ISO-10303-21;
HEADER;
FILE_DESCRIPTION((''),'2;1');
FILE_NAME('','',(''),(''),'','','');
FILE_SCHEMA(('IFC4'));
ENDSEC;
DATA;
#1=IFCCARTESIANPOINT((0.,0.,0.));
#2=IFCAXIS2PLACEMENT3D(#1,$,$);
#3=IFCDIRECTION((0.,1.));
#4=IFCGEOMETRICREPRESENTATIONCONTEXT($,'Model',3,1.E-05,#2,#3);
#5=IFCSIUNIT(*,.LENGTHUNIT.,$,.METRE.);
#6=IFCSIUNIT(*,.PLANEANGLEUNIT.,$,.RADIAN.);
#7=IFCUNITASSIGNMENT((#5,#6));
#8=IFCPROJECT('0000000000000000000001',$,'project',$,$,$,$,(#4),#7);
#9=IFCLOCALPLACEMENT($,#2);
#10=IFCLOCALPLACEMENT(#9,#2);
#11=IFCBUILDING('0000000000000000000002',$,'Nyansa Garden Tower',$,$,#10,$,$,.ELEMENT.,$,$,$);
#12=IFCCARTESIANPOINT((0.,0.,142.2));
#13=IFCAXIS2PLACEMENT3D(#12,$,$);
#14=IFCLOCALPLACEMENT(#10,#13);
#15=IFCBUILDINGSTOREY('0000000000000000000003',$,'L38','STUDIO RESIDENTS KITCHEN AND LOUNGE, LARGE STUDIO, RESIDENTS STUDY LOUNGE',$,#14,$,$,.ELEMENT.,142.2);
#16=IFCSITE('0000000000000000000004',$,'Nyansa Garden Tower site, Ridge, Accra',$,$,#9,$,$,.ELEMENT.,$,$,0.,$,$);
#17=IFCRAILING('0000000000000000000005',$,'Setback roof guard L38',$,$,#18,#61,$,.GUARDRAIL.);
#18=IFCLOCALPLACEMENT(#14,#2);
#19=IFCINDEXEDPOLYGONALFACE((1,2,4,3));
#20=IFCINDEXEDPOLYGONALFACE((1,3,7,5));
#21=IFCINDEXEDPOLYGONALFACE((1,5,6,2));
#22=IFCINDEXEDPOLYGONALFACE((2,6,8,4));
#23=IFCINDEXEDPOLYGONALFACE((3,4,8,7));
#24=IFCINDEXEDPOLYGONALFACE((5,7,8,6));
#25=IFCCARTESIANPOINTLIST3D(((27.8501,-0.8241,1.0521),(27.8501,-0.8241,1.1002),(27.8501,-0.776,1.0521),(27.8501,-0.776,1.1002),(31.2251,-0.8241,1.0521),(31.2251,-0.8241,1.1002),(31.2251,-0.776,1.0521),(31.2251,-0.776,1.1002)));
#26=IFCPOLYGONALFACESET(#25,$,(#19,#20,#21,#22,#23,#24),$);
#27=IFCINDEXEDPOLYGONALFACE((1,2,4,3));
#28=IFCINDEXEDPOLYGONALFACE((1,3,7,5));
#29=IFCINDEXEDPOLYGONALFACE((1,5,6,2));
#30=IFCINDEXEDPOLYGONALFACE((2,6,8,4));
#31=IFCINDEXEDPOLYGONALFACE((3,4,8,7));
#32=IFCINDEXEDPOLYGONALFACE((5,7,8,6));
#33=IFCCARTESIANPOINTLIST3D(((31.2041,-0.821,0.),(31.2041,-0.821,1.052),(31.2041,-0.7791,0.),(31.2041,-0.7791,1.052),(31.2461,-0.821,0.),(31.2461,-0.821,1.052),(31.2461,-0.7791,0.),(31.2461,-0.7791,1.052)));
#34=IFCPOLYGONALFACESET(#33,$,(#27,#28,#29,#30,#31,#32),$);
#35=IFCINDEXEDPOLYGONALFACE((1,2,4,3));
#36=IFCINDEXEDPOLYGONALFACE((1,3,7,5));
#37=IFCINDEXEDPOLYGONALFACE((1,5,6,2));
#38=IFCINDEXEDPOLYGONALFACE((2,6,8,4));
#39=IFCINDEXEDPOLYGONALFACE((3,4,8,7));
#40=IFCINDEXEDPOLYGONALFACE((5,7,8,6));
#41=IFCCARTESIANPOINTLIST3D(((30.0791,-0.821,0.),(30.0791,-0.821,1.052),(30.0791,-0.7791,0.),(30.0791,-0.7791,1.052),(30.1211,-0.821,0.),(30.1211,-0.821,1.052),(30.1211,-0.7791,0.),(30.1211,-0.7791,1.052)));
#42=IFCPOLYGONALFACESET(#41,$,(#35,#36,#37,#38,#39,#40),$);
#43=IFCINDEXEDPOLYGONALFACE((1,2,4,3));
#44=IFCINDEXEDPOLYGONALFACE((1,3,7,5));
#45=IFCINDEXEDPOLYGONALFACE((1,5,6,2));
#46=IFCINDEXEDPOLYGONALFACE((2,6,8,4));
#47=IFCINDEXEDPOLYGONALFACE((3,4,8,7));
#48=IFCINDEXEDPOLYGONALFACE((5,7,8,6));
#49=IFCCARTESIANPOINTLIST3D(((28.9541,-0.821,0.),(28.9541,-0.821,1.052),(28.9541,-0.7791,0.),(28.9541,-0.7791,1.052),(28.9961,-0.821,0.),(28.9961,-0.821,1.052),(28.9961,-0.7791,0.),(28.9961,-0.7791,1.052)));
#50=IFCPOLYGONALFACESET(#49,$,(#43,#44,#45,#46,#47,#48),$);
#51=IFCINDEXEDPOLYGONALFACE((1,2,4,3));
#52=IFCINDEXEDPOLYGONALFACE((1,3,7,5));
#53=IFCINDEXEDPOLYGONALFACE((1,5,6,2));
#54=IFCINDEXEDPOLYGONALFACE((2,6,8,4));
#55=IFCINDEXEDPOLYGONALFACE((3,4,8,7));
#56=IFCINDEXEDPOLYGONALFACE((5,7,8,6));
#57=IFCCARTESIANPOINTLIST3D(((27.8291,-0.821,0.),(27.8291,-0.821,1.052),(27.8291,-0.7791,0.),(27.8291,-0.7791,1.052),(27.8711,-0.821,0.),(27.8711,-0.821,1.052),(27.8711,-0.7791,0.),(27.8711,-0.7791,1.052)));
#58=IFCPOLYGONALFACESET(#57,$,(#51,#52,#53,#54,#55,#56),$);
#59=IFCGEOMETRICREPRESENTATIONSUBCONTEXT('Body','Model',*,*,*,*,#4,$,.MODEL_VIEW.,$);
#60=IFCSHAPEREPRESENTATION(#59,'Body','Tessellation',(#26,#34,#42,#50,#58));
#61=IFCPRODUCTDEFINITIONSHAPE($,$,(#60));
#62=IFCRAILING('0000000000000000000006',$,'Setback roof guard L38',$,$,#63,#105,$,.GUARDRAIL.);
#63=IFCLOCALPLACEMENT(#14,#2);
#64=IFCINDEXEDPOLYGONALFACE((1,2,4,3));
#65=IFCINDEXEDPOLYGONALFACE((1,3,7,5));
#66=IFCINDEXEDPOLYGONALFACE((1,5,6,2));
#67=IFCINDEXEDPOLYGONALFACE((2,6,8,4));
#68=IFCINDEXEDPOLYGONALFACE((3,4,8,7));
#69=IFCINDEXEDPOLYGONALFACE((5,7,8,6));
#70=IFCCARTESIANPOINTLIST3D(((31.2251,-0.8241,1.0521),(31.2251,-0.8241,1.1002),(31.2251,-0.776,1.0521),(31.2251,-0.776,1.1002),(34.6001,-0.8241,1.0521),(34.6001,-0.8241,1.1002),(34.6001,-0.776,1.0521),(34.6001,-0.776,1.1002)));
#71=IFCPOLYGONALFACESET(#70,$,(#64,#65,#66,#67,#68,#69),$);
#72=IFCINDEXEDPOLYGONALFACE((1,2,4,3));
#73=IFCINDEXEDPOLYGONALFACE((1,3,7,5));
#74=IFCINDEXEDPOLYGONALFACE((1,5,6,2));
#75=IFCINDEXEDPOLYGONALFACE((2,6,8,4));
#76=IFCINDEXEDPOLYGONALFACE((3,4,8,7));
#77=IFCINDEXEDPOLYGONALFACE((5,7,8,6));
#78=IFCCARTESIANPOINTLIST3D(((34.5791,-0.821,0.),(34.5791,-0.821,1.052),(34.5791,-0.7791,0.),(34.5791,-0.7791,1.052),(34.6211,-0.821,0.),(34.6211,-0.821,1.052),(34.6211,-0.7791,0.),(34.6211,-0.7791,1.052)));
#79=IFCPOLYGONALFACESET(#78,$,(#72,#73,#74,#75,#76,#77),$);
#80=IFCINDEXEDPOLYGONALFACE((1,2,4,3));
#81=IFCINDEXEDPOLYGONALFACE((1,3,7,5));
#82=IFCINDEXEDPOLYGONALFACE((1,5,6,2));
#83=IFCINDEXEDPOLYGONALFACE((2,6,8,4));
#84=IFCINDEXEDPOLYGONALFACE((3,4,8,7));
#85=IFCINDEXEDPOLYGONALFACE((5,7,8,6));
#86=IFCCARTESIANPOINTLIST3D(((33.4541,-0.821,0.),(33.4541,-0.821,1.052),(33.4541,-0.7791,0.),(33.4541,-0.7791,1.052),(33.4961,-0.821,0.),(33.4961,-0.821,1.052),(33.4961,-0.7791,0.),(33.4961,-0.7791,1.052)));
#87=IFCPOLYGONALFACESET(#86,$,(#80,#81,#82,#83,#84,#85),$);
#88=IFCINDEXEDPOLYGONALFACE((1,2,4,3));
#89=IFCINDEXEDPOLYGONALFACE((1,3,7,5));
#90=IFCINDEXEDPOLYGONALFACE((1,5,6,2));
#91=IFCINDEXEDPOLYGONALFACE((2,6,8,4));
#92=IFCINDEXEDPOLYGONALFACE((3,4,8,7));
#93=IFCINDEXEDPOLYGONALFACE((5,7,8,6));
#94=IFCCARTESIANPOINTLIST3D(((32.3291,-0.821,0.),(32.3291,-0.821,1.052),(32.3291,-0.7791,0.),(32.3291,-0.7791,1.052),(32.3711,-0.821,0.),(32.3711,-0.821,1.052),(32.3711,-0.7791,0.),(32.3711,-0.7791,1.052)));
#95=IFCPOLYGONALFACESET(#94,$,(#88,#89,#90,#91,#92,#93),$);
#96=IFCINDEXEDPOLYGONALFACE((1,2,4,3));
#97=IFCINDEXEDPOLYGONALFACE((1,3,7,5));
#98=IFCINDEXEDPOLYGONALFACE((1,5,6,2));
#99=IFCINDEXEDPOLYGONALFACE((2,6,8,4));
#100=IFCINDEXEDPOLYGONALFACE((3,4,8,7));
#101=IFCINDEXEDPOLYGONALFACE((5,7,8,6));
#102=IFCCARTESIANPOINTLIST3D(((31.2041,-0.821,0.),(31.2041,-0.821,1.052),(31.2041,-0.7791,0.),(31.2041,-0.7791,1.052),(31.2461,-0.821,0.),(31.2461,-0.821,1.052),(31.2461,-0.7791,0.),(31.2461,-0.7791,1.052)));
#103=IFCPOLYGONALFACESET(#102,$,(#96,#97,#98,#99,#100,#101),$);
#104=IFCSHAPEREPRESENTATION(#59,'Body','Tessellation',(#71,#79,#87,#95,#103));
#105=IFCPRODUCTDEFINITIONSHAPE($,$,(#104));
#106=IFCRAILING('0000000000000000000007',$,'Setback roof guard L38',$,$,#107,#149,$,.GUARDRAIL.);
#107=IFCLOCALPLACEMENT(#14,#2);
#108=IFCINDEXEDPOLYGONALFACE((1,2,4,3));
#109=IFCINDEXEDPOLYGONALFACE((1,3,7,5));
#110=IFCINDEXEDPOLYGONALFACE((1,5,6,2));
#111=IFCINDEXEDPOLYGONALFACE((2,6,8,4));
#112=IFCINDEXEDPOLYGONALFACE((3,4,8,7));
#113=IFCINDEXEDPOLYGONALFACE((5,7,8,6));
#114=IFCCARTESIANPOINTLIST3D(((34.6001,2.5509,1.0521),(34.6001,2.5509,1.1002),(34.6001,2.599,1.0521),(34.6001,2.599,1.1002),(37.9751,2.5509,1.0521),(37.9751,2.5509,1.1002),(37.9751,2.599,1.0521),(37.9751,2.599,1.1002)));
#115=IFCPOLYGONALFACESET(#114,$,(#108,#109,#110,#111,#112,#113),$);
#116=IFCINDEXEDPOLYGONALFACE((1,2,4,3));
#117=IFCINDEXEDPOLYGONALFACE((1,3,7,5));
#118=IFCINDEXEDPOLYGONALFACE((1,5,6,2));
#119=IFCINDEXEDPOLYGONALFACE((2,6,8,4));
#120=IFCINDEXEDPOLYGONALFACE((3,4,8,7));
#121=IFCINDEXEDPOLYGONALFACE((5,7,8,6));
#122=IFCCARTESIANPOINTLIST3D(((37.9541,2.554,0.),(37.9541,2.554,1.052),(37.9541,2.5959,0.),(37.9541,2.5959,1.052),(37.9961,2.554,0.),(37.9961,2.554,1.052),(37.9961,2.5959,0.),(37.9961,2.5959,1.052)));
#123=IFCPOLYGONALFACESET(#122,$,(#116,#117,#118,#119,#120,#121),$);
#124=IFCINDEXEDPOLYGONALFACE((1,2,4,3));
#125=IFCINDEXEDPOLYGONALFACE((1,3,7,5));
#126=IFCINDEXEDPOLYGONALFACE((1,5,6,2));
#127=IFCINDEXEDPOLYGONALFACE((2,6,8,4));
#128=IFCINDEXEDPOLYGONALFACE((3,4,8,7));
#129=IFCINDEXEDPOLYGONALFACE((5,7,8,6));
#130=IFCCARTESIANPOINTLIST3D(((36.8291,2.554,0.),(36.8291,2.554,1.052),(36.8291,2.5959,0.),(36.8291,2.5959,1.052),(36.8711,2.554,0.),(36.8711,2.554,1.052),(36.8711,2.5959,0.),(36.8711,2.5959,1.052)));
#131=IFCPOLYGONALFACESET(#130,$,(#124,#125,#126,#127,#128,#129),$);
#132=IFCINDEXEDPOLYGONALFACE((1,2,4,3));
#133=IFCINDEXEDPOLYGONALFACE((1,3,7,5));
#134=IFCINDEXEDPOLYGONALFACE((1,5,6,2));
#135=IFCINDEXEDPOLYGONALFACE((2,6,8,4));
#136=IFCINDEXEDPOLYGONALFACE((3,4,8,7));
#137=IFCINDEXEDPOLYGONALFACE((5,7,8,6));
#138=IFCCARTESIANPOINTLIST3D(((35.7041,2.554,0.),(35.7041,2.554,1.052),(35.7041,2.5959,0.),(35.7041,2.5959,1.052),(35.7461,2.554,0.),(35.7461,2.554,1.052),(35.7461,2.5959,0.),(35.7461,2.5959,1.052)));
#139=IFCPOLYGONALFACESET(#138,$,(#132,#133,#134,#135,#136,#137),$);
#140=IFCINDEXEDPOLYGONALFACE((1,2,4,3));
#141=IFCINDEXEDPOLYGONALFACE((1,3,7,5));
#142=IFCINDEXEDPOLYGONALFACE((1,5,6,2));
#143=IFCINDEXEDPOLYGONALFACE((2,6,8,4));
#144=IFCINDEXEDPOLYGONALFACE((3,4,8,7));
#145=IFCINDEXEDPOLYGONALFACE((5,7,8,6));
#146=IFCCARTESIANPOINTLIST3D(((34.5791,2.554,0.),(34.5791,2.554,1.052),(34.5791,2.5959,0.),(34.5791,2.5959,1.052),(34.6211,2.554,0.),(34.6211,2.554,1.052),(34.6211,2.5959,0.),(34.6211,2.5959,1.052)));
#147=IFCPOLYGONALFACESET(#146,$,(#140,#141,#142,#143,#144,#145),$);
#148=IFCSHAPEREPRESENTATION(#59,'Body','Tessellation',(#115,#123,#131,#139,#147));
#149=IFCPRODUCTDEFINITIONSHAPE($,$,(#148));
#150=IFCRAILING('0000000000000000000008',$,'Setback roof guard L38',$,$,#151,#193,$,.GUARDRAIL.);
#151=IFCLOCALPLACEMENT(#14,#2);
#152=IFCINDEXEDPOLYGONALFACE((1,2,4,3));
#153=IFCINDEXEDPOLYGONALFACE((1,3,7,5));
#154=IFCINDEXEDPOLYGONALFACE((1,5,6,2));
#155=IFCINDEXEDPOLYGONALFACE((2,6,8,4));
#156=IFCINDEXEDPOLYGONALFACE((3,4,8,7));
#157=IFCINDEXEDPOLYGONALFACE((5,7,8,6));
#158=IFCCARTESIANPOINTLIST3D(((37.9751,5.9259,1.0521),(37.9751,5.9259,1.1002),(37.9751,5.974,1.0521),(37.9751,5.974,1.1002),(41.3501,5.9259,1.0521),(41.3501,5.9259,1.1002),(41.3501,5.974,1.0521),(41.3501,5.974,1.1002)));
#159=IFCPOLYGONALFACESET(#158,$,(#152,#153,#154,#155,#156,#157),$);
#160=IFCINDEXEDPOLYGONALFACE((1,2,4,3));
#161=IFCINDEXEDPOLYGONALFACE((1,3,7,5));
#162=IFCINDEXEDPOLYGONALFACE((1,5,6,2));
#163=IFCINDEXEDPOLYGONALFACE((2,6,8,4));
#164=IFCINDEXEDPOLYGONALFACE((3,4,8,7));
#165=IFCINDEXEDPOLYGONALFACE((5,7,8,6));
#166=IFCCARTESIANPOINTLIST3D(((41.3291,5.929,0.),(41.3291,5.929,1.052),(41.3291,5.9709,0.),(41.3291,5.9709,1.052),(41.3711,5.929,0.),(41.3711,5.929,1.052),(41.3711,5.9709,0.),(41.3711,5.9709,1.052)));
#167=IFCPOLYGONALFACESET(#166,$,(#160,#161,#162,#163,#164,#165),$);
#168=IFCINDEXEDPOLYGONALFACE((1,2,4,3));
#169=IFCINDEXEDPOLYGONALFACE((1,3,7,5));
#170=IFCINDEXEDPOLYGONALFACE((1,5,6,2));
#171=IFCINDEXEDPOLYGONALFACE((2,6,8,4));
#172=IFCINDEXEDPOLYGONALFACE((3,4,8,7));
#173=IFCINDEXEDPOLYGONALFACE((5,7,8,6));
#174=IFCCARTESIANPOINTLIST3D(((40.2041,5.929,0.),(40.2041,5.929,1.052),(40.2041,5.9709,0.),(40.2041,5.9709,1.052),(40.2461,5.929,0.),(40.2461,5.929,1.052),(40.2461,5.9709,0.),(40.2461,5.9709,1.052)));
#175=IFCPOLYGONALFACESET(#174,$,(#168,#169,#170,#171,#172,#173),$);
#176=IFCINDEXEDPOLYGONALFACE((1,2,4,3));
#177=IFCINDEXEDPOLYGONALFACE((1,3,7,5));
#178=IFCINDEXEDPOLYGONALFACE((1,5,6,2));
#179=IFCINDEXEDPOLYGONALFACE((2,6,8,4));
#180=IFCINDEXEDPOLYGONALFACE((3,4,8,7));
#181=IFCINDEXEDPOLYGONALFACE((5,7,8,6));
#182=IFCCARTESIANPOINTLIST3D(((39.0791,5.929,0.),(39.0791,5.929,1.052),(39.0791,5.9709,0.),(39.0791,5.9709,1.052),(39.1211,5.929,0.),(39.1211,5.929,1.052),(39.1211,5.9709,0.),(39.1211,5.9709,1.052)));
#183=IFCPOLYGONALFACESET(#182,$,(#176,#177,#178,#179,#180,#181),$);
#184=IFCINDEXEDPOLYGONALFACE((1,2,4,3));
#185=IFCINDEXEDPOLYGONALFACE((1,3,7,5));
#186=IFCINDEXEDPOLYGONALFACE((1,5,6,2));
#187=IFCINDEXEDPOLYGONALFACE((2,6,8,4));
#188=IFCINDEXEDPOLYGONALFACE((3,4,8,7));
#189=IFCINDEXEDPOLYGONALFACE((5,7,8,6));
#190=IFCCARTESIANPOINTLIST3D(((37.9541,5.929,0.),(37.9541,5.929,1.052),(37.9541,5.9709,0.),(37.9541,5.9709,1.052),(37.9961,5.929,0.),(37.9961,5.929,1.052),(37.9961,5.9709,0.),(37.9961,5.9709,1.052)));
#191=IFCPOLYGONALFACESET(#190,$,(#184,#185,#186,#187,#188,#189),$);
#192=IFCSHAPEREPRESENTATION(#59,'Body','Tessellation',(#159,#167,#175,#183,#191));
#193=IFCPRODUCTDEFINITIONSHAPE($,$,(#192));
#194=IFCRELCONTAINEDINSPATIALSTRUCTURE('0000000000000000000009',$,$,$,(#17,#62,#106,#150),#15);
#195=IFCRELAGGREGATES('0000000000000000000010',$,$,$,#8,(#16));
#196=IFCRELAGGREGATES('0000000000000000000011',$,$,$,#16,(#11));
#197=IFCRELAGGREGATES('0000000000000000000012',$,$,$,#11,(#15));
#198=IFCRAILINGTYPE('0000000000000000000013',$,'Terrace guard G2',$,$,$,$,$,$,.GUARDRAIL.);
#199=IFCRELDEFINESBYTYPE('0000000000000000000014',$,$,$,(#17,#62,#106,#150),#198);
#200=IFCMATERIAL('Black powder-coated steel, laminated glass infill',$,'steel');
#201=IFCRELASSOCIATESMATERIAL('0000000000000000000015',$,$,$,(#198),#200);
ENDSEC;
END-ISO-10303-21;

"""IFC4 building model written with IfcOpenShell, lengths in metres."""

from ifc_helpers import new_model, si_unit, direction, frame, origin, origin_2d, place, context, subcontext, project, spatial, rectangle, extrude, material, type_object, element, save


model = new_model("IFC4")

# Units and contexts
model_context = context("Model", 3, precision=1e-05, world=origin(), true_north=direction((0.0, 1.0)))
body_context = subcontext(model_context, "Body", "Model", "MODEL_VIEW")
ifc_project = project(units=[si_unit("LENGTHUNIT", "METRE"), si_unit("PLANEANGLEUNIT", "RADIAN")], contexts=[model_context])

# Site, building, storey
site_placement = place(None, origin())
site = spatial("IfcSite", under=ifc_project, at=site_placement, Name="Nyansa Garden Tower site, Ridge, Accra", CompositionType="ELEMENT", RefElevation=0.0)
building_placement = place(site_placement, origin())
building = spatial("IfcBuilding", under=site, at=building_placement, Name="Nyansa Garden Tower", CompositionType="ELEMENT")
storey_placement = place(building_placement, frame((0.0, 0.0, 142.2)))
storey = spatial("IfcBuildingStorey", under=building, at=storey_placement, Name="L38", Description="STUDIO RESIDENTS KITCHEN AND LOUNGE, LARGE STUDIO, RESIDENTS STUDY LOUNGE", CompositionType="ELEMENT", Elevation=142.2)

# Railings
ifc_material_1 = material(Name="Black powder-coated steel, laminated glass infill", Category="steel")
railing_type = type_object("IfcRailingType", Name="Terrace guard G2", PredefinedType="GUARDRAIL", material=ifc_material_1)
for number, where, name in (
    (1, (31.2251, -0.8, 0.0), "Setback roof guard L38"),
    (2, (34.6001, -0.8, 0.0), "Setback roof guard L38"),
    (3, (37.9751, 2.575, 0.0), "Setback roof guard L38"),
    (4, (41.3501, 5.95, 0.0), "Setback roof guard L38"),
):
    element("IfcRailing", number, at=place(storey_placement, frame(where)), inside=storey, type_object=railing_type, Name=name, PredefinedType="GUARDRAIL", context=body_context, shape_type="SweptSolid", body=[
        extrude(rectangle(XDim=0.0481, YDim=0.0481, at=origin_2d()), frame((0.0, 0.0, 1.0762), z_axis=(-1.0, 0.0, 0.0), x_axis=(0.0, -1.0, 0.0)), (0.0, 0.0, 1.0), 3.375),
        extrude(rectangle(XDim=0.042, YDim=0.042, at=origin_2d()), origin(), (0.0, 0.0, 1.0), 1.052),
        extrude(rectangle(XDim=0.042, YDim=0.042, at=origin_2d()), frame((-1.125, 0.0, 0.0)), (0.0, 0.0, 1.0), 1.052),
        extrude(rectangle(XDim=0.042, YDim=0.042, at=origin_2d()), frame((-2.25, 0.0, 0.0)), (0.0, 0.0, 1.0), 1.052),
        extrude(rectangle(XDim=0.042, YDim=0.042, at=origin_2d()), frame((-3.375, 0.0, 0.0)), (0.0, 0.0, 1.0), 1.052),
    ])

save(model, "model.ifc")
